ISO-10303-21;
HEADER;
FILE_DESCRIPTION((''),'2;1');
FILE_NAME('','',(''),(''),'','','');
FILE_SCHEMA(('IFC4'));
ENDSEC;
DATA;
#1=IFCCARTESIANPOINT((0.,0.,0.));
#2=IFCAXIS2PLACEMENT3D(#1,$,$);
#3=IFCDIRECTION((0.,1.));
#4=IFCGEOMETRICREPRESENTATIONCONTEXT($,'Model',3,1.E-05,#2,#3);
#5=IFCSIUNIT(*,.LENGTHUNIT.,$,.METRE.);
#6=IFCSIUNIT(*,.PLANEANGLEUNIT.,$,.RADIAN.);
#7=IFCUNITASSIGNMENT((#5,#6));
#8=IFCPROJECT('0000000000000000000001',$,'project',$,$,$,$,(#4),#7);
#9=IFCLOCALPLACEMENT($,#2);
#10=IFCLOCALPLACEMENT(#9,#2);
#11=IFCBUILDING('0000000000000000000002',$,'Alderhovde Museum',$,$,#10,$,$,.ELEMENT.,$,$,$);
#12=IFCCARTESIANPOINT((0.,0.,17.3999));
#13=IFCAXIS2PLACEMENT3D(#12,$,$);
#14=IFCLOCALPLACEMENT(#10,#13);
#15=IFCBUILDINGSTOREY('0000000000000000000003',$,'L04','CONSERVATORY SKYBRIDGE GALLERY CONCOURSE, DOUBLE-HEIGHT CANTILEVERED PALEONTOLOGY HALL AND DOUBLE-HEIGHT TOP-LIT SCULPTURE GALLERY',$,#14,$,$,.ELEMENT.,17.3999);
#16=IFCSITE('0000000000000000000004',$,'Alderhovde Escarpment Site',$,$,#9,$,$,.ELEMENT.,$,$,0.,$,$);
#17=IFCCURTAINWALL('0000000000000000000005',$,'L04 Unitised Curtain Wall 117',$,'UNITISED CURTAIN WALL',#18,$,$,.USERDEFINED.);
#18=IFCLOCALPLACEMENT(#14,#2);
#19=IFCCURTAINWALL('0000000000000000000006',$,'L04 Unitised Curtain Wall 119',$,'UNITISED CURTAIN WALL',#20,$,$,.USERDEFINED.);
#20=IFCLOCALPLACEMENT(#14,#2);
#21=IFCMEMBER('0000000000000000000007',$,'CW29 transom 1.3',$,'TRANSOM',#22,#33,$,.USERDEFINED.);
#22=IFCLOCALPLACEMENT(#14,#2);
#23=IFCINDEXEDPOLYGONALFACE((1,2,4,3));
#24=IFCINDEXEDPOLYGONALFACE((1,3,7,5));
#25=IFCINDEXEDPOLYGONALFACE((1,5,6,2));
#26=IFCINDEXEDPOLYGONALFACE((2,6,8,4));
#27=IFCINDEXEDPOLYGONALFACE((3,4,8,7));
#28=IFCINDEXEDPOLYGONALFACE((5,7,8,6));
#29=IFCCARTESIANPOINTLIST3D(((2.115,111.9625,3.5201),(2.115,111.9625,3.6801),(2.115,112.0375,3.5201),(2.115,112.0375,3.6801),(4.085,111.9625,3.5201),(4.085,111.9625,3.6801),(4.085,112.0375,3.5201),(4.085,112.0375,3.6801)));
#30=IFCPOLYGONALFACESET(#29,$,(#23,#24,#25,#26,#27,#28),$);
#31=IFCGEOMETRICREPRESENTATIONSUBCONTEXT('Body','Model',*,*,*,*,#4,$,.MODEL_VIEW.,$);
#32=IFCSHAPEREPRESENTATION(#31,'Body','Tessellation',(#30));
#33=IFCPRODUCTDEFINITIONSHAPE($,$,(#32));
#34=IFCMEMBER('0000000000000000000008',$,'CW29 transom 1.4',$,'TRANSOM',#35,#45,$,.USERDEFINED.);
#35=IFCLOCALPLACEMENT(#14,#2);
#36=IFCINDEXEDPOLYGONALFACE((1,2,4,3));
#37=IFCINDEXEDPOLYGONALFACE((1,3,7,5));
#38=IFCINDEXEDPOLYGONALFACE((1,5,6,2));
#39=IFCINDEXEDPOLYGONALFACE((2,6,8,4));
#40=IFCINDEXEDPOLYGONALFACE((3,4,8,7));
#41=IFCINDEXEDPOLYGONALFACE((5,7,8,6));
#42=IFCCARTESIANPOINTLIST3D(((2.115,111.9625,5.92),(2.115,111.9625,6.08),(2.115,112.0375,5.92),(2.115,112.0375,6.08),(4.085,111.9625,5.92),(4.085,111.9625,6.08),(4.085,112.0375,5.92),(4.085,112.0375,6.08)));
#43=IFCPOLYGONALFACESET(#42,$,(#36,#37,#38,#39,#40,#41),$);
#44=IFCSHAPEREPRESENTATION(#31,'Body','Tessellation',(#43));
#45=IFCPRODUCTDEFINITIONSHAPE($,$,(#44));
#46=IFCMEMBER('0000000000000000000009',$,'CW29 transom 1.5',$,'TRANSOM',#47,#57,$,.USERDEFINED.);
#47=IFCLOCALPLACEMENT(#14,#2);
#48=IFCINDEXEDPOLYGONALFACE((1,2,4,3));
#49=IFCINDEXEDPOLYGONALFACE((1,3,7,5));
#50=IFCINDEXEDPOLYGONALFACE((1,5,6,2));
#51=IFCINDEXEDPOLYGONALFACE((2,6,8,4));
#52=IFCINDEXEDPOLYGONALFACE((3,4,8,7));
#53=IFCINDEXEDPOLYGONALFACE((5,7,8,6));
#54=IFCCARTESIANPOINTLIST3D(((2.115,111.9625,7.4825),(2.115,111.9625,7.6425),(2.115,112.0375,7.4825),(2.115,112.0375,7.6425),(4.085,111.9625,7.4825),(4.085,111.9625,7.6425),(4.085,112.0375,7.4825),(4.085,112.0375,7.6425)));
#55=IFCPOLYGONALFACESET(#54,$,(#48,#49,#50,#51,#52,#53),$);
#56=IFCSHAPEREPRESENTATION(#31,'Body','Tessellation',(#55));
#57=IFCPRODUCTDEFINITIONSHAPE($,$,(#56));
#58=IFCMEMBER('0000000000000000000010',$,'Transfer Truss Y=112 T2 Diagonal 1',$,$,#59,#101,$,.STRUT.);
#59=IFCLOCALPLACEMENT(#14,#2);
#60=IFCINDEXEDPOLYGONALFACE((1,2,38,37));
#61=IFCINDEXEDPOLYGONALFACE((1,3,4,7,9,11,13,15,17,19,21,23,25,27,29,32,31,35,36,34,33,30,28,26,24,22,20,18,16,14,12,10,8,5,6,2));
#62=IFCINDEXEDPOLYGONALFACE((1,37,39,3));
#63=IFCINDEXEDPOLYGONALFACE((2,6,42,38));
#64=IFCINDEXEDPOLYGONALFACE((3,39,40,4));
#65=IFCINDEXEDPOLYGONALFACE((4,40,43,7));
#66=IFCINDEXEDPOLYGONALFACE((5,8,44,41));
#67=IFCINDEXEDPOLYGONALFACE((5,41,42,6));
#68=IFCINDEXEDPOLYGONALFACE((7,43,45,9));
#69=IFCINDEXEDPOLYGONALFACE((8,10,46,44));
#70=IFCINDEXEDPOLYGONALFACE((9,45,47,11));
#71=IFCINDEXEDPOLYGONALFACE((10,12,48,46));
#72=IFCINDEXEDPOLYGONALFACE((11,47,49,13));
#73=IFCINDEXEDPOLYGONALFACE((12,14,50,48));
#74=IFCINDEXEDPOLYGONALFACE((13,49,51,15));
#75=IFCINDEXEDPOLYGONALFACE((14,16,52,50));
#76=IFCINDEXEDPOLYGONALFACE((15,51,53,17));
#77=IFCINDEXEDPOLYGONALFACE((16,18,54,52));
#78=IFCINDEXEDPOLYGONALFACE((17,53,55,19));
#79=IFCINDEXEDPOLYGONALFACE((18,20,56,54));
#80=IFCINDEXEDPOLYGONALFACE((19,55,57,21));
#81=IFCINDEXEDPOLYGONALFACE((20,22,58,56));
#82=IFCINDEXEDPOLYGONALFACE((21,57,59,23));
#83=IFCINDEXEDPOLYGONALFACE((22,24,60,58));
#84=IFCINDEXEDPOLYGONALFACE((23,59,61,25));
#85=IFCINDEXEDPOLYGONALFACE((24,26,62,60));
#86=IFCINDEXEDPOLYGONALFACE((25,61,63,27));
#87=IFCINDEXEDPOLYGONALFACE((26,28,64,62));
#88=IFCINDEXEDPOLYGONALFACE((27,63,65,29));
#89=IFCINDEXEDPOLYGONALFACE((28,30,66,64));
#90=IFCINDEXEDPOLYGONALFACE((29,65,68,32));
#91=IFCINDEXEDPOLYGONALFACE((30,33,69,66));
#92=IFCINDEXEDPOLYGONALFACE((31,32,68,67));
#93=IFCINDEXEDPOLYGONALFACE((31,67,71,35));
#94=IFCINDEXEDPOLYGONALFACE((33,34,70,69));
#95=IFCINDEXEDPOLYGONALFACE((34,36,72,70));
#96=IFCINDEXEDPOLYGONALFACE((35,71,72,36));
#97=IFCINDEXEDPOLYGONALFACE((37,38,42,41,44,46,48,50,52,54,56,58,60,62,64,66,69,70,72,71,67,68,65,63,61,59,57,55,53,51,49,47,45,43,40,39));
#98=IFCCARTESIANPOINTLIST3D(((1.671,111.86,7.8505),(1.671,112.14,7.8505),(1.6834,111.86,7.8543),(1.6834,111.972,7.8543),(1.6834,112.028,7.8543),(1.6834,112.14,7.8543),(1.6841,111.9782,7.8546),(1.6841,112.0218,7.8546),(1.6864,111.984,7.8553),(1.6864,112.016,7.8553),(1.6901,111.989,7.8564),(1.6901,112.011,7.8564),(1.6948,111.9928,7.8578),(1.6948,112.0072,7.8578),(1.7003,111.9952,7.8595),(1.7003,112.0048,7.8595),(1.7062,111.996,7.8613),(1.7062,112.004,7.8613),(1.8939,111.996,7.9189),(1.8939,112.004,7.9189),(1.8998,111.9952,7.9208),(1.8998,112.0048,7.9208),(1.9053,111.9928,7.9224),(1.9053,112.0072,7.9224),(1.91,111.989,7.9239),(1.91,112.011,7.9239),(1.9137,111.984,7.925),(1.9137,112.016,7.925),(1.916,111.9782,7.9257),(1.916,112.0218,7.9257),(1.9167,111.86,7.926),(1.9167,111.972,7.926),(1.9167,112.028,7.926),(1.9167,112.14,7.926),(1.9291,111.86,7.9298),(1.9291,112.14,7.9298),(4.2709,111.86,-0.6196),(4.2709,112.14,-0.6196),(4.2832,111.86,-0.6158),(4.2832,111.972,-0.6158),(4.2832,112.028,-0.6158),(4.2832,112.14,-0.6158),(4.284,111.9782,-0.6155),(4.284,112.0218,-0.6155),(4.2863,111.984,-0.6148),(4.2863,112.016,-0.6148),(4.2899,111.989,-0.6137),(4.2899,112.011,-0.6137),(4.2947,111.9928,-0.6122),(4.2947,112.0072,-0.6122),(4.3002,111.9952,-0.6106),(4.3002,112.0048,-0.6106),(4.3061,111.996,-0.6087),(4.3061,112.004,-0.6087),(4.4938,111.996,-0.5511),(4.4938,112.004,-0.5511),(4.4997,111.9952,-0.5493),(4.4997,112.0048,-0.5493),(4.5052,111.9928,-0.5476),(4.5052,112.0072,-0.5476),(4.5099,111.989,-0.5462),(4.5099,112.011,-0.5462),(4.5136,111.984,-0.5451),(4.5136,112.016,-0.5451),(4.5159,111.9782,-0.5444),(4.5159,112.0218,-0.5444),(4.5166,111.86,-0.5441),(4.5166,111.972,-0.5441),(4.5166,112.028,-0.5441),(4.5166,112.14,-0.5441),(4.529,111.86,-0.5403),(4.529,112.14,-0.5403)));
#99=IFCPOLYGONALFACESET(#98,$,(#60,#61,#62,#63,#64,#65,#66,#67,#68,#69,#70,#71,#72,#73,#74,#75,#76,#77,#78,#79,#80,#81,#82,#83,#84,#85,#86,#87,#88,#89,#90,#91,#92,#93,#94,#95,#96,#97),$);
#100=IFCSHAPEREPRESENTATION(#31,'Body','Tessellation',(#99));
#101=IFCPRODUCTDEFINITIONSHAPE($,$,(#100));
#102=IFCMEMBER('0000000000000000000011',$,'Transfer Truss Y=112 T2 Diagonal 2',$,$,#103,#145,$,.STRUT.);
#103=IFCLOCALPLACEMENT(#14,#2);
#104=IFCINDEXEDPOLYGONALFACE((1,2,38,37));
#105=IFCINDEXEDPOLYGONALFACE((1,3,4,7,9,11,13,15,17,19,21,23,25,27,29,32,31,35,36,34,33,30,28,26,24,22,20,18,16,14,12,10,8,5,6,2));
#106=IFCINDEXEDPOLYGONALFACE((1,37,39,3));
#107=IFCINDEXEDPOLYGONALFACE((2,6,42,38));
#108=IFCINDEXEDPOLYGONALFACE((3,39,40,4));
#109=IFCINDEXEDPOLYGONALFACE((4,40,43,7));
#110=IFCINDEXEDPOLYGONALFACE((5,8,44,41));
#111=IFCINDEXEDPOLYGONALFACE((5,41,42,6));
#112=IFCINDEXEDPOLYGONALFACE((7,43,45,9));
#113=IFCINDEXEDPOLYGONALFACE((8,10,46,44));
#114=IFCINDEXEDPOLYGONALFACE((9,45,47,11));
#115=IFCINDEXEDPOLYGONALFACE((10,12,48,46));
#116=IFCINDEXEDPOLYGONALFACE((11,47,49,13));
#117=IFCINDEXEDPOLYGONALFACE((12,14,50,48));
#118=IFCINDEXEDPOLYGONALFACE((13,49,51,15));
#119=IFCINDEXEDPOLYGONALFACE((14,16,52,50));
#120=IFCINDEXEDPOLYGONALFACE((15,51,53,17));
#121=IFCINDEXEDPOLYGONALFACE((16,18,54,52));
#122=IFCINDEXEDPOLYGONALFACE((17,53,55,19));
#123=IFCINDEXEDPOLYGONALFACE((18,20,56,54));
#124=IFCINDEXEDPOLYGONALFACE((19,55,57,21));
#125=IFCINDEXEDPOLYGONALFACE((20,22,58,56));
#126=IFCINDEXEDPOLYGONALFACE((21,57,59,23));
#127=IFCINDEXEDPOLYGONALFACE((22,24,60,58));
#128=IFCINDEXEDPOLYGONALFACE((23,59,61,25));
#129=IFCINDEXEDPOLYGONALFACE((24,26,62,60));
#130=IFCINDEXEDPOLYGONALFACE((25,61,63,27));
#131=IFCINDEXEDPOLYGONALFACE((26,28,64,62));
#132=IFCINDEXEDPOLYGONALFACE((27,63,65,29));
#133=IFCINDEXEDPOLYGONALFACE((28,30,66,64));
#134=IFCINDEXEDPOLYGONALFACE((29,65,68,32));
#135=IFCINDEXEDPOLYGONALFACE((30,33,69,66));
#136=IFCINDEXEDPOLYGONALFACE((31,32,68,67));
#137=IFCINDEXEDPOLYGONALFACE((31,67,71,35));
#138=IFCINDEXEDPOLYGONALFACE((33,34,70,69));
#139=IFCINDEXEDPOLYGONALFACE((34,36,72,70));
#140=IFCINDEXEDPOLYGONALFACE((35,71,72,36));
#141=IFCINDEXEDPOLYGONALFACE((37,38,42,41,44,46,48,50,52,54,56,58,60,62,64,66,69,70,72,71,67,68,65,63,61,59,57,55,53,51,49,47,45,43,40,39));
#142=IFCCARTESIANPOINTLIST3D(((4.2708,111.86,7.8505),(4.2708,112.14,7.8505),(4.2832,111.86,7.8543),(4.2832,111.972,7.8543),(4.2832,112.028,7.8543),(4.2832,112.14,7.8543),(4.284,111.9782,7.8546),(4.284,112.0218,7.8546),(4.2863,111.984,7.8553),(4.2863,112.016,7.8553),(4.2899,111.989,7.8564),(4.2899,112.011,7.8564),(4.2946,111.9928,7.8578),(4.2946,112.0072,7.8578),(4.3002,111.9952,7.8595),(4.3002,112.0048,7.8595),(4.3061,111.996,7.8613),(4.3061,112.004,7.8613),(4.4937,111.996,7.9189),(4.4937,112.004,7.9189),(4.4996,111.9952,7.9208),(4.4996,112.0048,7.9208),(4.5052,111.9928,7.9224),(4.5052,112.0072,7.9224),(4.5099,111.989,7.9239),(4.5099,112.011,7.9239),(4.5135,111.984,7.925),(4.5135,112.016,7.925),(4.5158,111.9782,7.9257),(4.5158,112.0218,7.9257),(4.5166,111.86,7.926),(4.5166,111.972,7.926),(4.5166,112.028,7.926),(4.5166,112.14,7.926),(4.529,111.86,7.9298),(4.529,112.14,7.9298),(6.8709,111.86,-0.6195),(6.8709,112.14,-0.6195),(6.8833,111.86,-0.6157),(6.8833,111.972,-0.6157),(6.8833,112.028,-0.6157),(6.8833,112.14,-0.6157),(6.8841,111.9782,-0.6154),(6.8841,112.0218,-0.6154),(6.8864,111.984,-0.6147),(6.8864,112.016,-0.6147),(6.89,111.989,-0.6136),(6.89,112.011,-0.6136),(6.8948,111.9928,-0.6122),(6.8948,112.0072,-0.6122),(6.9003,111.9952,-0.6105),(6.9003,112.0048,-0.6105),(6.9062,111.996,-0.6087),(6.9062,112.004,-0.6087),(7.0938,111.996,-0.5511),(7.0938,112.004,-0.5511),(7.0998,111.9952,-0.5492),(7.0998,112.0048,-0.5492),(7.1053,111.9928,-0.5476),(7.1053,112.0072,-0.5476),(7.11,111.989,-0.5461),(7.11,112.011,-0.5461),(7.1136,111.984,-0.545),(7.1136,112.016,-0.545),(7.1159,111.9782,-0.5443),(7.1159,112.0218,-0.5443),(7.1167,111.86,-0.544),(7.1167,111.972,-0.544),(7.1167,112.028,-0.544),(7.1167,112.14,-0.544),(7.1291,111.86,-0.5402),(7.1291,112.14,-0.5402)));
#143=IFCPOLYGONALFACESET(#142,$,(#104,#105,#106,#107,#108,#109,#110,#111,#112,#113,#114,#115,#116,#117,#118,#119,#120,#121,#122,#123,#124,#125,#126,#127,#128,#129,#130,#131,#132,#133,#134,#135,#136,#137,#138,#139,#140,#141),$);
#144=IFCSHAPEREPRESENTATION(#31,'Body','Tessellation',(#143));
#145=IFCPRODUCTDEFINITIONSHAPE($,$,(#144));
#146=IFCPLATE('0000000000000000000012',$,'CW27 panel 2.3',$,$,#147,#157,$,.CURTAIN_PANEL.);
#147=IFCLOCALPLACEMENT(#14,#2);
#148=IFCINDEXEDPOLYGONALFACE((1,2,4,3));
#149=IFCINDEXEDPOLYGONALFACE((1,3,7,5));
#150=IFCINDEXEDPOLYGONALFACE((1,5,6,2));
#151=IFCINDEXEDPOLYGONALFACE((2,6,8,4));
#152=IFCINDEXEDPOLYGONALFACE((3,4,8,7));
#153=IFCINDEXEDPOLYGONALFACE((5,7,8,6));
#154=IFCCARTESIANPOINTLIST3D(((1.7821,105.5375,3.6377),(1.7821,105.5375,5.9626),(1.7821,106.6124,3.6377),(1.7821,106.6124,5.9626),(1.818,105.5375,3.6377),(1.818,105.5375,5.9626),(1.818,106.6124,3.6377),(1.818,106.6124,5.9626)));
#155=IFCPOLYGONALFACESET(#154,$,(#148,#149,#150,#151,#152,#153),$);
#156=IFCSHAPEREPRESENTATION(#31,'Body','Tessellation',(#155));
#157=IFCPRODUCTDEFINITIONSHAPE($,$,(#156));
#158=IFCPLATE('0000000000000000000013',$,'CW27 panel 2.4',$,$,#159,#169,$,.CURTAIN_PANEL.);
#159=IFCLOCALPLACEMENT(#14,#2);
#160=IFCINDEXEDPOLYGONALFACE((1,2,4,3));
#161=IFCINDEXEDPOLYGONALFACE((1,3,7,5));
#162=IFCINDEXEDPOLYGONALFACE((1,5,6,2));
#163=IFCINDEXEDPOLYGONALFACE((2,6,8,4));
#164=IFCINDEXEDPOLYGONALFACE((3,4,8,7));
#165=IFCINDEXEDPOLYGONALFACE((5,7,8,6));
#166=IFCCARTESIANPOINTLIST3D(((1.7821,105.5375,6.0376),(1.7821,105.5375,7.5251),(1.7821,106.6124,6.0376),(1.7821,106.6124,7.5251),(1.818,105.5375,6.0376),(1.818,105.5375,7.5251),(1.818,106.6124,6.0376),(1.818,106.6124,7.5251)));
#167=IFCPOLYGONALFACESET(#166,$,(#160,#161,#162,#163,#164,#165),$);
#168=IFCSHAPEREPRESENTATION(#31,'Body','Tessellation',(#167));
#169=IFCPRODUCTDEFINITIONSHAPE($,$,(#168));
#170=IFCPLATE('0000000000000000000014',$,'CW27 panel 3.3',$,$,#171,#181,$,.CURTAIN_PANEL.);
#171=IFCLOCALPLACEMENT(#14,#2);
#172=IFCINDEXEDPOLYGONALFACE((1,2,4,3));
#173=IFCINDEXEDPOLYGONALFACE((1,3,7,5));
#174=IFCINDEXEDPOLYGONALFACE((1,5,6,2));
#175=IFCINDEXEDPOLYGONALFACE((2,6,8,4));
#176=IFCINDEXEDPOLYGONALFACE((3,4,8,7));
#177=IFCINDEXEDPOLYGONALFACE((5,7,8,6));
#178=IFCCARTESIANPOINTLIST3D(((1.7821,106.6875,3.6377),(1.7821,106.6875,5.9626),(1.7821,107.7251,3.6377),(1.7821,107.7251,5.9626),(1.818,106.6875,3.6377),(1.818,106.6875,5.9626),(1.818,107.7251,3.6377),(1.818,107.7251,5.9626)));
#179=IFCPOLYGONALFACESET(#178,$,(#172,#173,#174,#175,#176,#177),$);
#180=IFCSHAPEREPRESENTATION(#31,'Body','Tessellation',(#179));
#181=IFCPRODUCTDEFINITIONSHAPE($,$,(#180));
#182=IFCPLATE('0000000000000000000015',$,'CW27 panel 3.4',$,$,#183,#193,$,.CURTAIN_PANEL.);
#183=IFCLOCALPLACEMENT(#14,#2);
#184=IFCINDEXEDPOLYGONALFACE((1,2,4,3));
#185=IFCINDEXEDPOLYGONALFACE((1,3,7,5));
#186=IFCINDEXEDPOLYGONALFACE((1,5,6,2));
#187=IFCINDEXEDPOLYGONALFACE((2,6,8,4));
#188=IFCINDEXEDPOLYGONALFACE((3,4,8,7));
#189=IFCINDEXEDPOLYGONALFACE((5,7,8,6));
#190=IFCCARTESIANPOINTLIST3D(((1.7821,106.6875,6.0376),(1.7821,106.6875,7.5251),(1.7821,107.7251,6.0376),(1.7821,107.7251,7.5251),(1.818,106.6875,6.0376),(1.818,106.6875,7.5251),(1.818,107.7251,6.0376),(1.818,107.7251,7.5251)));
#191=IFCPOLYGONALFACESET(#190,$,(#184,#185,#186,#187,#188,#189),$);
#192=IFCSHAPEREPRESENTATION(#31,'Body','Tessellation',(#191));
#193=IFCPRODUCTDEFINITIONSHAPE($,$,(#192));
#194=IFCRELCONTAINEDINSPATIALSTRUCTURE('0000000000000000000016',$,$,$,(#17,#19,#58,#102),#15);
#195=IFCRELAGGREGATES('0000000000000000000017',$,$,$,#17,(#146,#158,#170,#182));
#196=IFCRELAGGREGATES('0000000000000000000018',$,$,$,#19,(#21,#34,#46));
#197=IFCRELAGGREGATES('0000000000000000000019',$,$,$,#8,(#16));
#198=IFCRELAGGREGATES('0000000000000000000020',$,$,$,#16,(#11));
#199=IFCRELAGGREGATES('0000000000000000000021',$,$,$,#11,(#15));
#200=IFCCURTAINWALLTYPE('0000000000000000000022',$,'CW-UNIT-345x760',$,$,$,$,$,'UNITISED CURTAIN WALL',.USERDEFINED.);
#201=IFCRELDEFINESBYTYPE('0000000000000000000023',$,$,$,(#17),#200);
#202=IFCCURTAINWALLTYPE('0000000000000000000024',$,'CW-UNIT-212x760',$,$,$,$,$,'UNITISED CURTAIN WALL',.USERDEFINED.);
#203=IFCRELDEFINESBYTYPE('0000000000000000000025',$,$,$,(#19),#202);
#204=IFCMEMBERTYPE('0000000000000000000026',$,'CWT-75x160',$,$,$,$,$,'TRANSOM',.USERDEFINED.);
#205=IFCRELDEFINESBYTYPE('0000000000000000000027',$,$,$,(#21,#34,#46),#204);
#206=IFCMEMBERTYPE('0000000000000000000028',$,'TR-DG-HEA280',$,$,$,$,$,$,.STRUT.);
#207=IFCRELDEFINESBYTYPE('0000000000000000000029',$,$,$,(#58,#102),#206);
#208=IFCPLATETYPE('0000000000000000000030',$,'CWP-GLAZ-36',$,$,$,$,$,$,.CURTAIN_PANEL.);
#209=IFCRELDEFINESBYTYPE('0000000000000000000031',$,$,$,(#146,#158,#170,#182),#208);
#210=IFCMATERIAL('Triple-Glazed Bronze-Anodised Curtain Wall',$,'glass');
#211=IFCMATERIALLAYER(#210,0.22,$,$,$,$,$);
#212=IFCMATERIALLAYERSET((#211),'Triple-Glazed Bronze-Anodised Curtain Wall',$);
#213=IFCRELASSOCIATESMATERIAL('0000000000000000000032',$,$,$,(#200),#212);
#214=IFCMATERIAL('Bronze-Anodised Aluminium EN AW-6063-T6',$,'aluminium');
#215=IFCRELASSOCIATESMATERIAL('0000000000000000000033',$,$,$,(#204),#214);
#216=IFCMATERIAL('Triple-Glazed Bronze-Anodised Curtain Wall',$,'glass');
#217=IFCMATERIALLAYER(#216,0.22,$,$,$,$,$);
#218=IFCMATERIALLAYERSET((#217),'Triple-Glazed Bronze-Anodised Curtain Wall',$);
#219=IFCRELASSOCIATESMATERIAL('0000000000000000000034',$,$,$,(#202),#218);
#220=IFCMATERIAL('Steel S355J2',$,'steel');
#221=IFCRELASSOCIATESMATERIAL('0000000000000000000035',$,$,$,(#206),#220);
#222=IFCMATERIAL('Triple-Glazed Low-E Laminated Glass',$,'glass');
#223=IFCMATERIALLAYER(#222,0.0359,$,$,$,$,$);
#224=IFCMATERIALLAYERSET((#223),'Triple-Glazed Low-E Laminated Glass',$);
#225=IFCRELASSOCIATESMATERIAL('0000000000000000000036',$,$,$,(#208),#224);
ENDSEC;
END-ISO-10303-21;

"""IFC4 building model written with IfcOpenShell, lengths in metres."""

from ifc_helpers import new_model, si_unit, direction, frame, origin, origin_2d, place, context, subcontext, project, spatial, rectangle, i_section, extrude, material, layer, layer_set, material_profile, profile_set, type_object, element, aggregate, save


model = new_model("IFC4")

# Units and contexts
model_context = context("Model", 3, precision=1e-05, world=origin(), true_north=direction((0.0, 1.0)))
body_context = subcontext(model_context, "Body", "Model", "MODEL_VIEW")
ifc_project = project(units=[si_unit("LENGTHUNIT", "METRE"), si_unit("PLANEANGLEUNIT", "RADIAN")], contexts=[model_context])

# Site, building, storey
site_placement = place(None, origin())
site = spatial("IfcSite", under=ifc_project, at=site_placement, Name="Alderhovde Escarpment Site", CompositionType="ELEMENT", RefElevation=0.0)
building_placement = place(site_placement, origin())
building = spatial("IfcBuilding", under=site, at=building_placement, Name="Alderhovde Museum", CompositionType="ELEMENT")
storey_placement = place(building_placement, frame((0.0, 0.0, 17.3999)))
storey = spatial("IfcBuildingStorey", under=building, at=storey_placement, Name="L04", Description="CONSERVATORY SKYBRIDGE GALLERY CONCOURSE, DOUBLE-HEIGHT CANTILEVERED PALEONTOLOGY HALL AND DOUBLE-HEIGHT TOP-LIT SCULPTURE GALLERY", CompositionType="ELEMENT", Elevation=17.3999)

# Curtain walls, members
ifc_material_1 = material(Name="Triple-Glazed Bronze-Anodised Curtain Wall", Category="glass")
ifc_layer_1 = layer(ifc_material_1, 0.22)
ifc_layer_set_1 = layer_set([ifc_layer_1], Name="Triple-Glazed Bronze-Anodised Curtain Wall")
curtain_wall_type_1 = type_object("IfcCurtainWallType", Name="CW-UNIT-345x760", ElementType="UNITISED CURTAIN WALL", PredefinedType="USERDEFINED", material=ifc_layer_set_1)
curtain_wall_1_placement = place(storey_placement, origin())
curtain_wall_1 = element("IfcCurtainWall", 1, at=curtain_wall_1_placement, inside=storey, type_object=curtain_wall_type_1, Name="L04 Unitised Curtain Wall 117", ObjectType="UNITISED CURTAIN WALL", PredefinedType="USERDEFINED")
ifc_material_2 = material(Name="Bronze-Anodised Aluminium EN AW-6063-T6", Category="aluminium")
ifc_material_profile_1 = material_profile(ifc_material_2, rectangle(XDim=0.075, YDim=0.1599, at=origin_2d()), Name="TRANSOM 75x160")
ifc_profile_set_1 = profile_set([ifc_material_profile_1], Name="Bronze-Anodised Aluminium EN AW-6063-T6")
member_type_1 = type_object("IfcMemberType", Name="CWT-75x160", ElementType="TRANSOM", PredefinedType="USERDEFINED", material=ifc_profile_set_1)
ifc_material_3 = material(Name="Triple-Glazed Bronze-Anodised Curtain Wall", Category="glass")
ifc_layer_2 = layer(ifc_material_3, 0.22)
ifc_layer_set_2 = layer_set([ifc_layer_2], Name="Triple-Glazed Bronze-Anodised Curtain Wall")
curtain_wall_type_2 = type_object("IfcCurtainWallType", Name="CW-UNIT-212x760", ElementType="UNITISED CURTAIN WALL", PredefinedType="USERDEFINED", material=ifc_layer_set_2)
curtain_wall_2_placement = place(storey_placement, origin())
curtain_wall_2 = element("IfcCurtainWall", 2, at=curtain_wall_2_placement, inside=storey, type_object=curtain_wall_type_2, Name="L04 Unitised Curtain Wall 119", ObjectType="UNITISED CURTAIN WALL", PredefinedType="USERDEFINED")
member_1_placement = place(storey_placement, frame((2.115, 112.0, 3.6001), z_axis=(1.0, 0.0, 0.0), x_axis=(0.0, 1.0, 0.0)))
member_1 = element("IfcMember", 3, at=member_1_placement, type_object=member_type_1, Name="CW29 transom 1.3", ObjectType="TRANSOM", PredefinedType="USERDEFINED", context=body_context, shape_type="SweptSolid", body=[
    extrude(rectangle(XDim=0.075, YDim=0.1599, at=origin_2d()), origin(), (0.0, 0.0, 1.0), 1.97),
])
member_2_placement = place(storey_placement, frame((2.115, 112.0, 6.0), z_axis=(1.0, 0.0, 0.0), x_axis=(0.0, 1.0, 0.0)))
member_2 = element("IfcMember", 4, at=member_2_placement, type_object=member_type_1, Name="CW29 transom 1.4", ObjectType="TRANSOM", PredefinedType="USERDEFINED", context=body_context, shape_type="SweptSolid", body=[
    extrude(rectangle(XDim=0.075, YDim=0.1599, at=origin_2d()), origin(), (0.0, 0.0, 1.0), 1.97),
])
member_3_placement = place(storey_placement, frame((2.115, 112.0, 7.5625), z_axis=(1.0, 0.0, 0.0), x_axis=(0.0, 1.0, 0.0)))
member_3 = element("IfcMember", 5, at=member_3_placement, type_object=member_type_1, Name="CW29 transom 1.5", ObjectType="TRANSOM", PredefinedType="USERDEFINED", context=body_context, shape_type="SweptSolid", body=[
    extrude(rectangle(XDim=0.075, YDim=0.1599, at=origin_2d()), origin(), (0.0, 0.0, 1.0), 1.97),
])

# Members
ifc_material_4 = material(Name="Steel S355J2", Category="steel")
ifc_material_profile_2 = material_profile(ifc_material_4, i_section(OverallWidth=0.28, OverallDepth=0.27, WebThickness=0.0081, FlangeThickness=0.0129, FilletRadius=0.0239, at=origin_2d()), Name="HEA 280")
ifc_profile_set_2 = profile_set([ifc_material_profile_2], Name="Steel S355J2")
member_type_2 = type_object("IfcMemberType", Name="TR-DG-HEA280", PredefinedType="STRUT", material=ifc_profile_set_2)
for number, where, z_axis, x_axis, name in (
    (6, (1.8, 112.0, 7.8901), (0.293437, 0.0, -0.955978), (0.0, 1.0, 0.0), "Transfer Truss Y=112 T2 Diagonal 1"),
    (7, (4.3999, 112.0, 7.8901), (0.293462, 0.0, -0.955971), (0.0, 1.0, 0.0), "Transfer Truss Y=112 T2 Diagonal 2"),
):
    element("IfcMember", number, at=place(storey_placement, frame(where, z_axis=z_axis, x_axis=x_axis)), inside=storey, type_object=member_type_2, Name=name, PredefinedType="STRUT", context=body_context, shape_type="SweptSolid", body=[
        extrude(i_section(OverallWidth=0.28, OverallDepth=0.27, WebThickness=0.0081, FlangeThickness=0.0129, FilletRadius=0.0239, at=origin_2d()), origin(), (0.0, 0.0, 1.0), 8.8601),
    ])

# Plates
ifc_material_5 = material(Name="Triple-Glazed Low-E Laminated Glass", Category="glass")
ifc_layer_3 = layer(ifc_material_5, 0.0359)
ifc_layer_set_3 = layer_set([ifc_layer_3], Name="Triple-Glazed Low-E Laminated Glass")
plate_type_1 = type_object("IfcPlateType", Name="CWP-GLAZ-36", PredefinedType="CURTAIN_PANEL", material=ifc_layer_set_3)
plate_1_placement = place(storey_placement, frame((1.8, 106.075, 3.6377), z_axis=(0.0, 0.0, 1.0), x_axis=(0.0, 1.0, 0.0)))
plate_1 = element("IfcPlate", 8, at=plate_1_placement, type_object=plate_type_1, Name="CW27 panel 2.3", PredefinedType="CURTAIN_PANEL", context=body_context, shape_type="SweptSolid", body=[
    extrude(rectangle(XDim=1.075, YDim=0.0359, at=origin_2d()), origin(), (0.0, 0.0, 1.0), 2.325),
])
plate_2_placement = place(storey_placement, frame((1.8, 106.075, 6.0376), z_axis=(0.0, 0.0, 1.0), x_axis=(0.0, 1.0, 0.0)))
plate_2 = element("IfcPlate", 9, at=plate_2_placement, type_object=plate_type_1, Name="CW27 panel 2.4", PredefinedType="CURTAIN_PANEL", context=body_context, shape_type="SweptSolid", body=[
    extrude(rectangle(XDim=1.075, YDim=0.0359, at=origin_2d()), origin(), (0.0, 0.0, 1.0), 1.4875),
])
plate_3_placement = place(storey_placement, frame((1.8, 107.2063, 3.6377), z_axis=(0.0, 0.0, 1.0), x_axis=(0.0, 1.0, 0.0)))
plate_3 = element("IfcPlate", 10, at=plate_3_placement, type_object=plate_type_1, Name="CW27 panel 3.3", PredefinedType="CURTAIN_PANEL", context=body_context, shape_type="SweptSolid", body=[
    extrude(rectangle(XDim=1.0376, YDim=0.0359, at=origin_2d()), origin(), (0.0, 0.0, 1.0), 2.325),
])
plate_4_placement = place(storey_placement, frame((1.8, 107.2063, 6.0376), z_axis=(0.0, 0.0, 1.0), x_axis=(0.0, 1.0, 0.0)))
plate_4 = element("IfcPlate", 11, at=plate_4_placement, type_object=plate_type_1, Name="CW27 panel 3.4", PredefinedType="CURTAIN_PANEL", context=body_context, shape_type="SweptSolid", body=[
    extrude(rectangle(XDim=1.0376, YDim=0.0359, at=origin_2d()), origin(), (0.0, 0.0, 1.0), 1.4875),
])
aggregate(curtain_wall_1, [plate_1, plate_2, plate_3, plate_4])
aggregate(curtain_wall_2, [member_1, member_2, member_3])

save(model, "model.ifc")
